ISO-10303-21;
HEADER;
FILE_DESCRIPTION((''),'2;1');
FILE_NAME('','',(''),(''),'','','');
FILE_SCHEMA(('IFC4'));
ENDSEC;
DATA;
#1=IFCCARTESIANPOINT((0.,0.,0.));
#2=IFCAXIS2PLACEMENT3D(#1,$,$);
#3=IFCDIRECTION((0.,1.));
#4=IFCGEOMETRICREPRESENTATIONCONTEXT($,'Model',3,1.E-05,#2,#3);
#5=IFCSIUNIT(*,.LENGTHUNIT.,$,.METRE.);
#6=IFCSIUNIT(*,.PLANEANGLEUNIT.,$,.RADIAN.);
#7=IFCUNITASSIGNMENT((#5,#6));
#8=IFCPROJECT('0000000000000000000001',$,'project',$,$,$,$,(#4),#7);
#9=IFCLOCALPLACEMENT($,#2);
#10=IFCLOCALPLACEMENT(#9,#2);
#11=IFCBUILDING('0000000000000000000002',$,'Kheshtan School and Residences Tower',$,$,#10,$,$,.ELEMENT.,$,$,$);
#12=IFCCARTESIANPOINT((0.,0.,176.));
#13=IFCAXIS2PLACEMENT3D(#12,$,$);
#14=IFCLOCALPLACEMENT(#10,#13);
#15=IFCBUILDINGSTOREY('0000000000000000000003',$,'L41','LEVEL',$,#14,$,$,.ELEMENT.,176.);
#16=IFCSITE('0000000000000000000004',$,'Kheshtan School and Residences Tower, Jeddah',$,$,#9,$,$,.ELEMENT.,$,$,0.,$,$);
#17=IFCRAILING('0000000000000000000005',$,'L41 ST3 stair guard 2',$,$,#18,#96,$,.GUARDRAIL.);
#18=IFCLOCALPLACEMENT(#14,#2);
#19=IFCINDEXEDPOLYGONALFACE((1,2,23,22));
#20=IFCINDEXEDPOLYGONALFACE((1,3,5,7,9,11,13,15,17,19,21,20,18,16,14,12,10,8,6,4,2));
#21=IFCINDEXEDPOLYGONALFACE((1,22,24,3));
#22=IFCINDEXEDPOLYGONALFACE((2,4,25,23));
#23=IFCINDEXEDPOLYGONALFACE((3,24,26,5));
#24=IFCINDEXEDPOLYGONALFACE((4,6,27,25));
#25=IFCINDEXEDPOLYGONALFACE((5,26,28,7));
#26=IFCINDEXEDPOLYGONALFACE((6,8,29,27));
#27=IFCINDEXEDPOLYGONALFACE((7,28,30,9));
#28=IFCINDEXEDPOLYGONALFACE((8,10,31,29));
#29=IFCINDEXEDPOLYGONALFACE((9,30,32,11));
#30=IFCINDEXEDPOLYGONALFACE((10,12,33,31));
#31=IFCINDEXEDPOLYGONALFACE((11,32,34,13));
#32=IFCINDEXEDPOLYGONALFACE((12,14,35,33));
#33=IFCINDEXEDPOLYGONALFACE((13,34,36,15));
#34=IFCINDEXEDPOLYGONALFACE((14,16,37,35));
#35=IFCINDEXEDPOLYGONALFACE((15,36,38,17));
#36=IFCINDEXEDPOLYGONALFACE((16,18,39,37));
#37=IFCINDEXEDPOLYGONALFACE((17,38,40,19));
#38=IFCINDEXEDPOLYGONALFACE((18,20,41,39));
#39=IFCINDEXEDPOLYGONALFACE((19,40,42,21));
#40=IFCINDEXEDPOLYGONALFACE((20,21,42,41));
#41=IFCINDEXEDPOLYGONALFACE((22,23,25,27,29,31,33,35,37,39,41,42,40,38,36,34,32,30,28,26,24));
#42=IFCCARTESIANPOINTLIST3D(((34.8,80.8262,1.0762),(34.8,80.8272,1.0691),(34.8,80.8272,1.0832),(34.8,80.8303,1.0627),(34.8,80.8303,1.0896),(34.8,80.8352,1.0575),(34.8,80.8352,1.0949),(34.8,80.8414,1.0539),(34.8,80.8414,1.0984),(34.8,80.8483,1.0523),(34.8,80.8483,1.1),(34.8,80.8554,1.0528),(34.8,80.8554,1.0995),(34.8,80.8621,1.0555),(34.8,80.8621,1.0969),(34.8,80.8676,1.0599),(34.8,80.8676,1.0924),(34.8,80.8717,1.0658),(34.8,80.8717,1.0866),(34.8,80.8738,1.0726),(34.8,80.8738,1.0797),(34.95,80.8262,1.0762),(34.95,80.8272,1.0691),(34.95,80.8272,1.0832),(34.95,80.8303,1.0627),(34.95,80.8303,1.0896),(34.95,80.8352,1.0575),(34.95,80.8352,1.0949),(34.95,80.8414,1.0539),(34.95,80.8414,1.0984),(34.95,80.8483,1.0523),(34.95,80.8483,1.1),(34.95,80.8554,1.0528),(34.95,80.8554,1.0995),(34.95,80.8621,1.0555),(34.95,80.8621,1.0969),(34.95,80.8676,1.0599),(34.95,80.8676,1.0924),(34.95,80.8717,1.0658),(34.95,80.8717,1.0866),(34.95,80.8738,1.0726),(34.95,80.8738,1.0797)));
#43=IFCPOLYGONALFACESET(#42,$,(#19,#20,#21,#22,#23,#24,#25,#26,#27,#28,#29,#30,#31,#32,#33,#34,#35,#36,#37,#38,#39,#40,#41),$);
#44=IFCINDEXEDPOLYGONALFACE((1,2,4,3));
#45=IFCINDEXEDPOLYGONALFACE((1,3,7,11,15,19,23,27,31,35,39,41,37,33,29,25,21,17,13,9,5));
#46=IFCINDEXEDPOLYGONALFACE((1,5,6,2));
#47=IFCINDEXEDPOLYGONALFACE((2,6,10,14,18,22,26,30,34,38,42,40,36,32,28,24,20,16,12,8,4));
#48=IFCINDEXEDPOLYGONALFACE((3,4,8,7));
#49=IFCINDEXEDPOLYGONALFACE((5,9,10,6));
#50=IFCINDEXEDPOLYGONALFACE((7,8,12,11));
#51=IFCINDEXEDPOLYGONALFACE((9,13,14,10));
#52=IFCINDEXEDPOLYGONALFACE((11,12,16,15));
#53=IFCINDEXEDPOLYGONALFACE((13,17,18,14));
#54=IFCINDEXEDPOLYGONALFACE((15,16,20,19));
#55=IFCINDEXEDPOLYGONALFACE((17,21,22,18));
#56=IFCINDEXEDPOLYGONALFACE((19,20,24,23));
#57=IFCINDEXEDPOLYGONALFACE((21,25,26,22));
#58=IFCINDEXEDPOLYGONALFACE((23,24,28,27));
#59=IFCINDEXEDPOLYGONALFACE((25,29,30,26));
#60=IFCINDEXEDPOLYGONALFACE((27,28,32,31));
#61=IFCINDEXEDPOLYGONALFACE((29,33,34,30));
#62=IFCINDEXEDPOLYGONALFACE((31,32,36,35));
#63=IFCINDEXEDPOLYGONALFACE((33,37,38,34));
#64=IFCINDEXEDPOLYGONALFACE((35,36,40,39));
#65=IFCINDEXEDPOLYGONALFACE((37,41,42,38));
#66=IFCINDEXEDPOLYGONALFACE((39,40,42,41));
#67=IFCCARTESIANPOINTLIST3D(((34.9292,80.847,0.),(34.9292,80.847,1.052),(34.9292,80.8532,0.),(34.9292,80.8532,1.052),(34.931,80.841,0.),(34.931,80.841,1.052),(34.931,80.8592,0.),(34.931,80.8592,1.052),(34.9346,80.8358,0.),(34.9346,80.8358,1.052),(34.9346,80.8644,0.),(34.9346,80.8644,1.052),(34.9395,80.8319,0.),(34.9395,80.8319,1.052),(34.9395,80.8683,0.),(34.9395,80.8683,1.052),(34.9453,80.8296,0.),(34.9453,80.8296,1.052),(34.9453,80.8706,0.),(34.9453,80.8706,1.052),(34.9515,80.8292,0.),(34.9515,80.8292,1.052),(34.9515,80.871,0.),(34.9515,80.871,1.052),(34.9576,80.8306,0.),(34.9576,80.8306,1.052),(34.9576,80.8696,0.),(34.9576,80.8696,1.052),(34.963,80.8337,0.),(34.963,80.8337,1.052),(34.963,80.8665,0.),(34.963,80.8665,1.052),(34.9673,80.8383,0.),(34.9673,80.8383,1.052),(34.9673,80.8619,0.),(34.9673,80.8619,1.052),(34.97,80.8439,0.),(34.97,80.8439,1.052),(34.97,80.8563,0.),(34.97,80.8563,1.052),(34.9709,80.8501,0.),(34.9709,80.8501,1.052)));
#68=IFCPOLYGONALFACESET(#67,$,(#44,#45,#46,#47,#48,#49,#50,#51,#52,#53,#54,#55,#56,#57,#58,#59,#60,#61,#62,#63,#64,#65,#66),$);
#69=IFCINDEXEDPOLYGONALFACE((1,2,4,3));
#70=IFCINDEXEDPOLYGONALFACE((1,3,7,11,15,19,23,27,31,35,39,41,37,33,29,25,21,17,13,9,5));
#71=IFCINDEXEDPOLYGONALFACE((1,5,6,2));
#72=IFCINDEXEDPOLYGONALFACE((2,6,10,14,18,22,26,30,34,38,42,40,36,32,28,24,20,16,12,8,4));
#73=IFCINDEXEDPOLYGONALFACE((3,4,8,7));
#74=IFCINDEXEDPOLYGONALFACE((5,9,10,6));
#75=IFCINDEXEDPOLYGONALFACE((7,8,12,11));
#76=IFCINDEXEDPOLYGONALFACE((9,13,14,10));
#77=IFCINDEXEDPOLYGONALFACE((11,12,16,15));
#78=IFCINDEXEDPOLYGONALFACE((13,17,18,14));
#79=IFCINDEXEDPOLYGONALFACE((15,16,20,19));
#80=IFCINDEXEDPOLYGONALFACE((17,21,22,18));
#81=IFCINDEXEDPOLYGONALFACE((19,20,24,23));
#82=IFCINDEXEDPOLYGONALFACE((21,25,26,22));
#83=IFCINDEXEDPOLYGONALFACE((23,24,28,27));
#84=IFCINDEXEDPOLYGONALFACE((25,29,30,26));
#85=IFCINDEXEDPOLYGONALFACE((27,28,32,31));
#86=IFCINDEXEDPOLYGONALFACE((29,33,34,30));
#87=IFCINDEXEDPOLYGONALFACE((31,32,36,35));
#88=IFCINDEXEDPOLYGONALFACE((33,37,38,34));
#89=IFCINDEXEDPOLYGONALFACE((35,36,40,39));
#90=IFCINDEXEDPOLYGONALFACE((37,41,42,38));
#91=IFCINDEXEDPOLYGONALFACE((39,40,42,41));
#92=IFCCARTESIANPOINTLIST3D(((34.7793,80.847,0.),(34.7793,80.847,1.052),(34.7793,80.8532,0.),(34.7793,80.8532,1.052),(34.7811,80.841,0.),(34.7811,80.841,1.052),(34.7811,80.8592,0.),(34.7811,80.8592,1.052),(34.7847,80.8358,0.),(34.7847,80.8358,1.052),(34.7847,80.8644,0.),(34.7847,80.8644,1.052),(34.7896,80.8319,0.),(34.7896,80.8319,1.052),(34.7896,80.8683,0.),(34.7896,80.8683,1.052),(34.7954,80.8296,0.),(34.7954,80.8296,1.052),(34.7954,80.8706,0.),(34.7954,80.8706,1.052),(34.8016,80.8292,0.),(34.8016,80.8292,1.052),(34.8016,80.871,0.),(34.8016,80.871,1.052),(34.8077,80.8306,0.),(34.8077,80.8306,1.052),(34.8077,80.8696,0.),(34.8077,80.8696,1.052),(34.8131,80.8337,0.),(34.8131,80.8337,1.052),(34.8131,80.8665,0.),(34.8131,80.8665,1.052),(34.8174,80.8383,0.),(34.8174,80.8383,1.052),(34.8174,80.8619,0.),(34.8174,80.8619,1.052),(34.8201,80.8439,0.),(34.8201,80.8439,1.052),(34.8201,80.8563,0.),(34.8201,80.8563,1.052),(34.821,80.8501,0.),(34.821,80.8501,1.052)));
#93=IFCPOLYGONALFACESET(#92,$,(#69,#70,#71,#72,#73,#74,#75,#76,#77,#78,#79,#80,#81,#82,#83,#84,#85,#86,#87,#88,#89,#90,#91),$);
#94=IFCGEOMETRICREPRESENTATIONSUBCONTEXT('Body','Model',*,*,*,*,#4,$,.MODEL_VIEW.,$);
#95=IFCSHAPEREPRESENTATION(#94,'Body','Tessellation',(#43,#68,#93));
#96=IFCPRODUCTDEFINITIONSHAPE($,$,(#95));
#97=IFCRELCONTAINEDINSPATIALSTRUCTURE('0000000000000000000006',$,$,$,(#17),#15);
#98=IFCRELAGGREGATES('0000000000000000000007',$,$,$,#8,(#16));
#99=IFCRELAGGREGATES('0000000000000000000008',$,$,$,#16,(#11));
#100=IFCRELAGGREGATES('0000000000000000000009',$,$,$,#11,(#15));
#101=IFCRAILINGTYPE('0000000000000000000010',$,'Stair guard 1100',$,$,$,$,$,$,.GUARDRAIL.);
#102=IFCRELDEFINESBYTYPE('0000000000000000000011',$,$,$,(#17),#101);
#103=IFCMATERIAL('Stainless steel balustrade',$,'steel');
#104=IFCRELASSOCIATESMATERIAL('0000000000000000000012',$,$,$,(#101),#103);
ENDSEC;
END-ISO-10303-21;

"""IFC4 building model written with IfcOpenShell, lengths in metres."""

from ifc_helpers import new_model, si_unit, direction, frame, origin, origin_2d, place, context, subcontext, project, spatial, circle, extrude, material, type_object, element, save


model = new_model("IFC4")

# Units and contexts
model_context = context("Model", 3, precision=1e-05, world=origin(), true_north=direction((0.0, 1.0)))
body_context = subcontext(model_context, "Body", "Model", "MODEL_VIEW")
ifc_project = project(units=[si_unit("LENGTHUNIT", "METRE"), si_unit("PLANEANGLEUNIT", "RADIAN")], contexts=[model_context])

# Site, building, storey
site_placement = place(None, origin())
site = spatial("IfcSite", under=ifc_project, at=site_placement, Name="Kheshtan School and Residences Tower, Jeddah", CompositionType="ELEMENT", RefElevation=0.0)
building_placement = place(site_placement, origin())
building = spatial("IfcBuilding", under=site, at=building_placement, Name="Kheshtan School and Residences Tower", CompositionType="ELEMENT")
storey_placement = place(building_placement, frame((0.0, 0.0, 176.0)))
storey = spatial("IfcBuildingStorey", under=building, at=storey_placement, Name="L41", Description="LEVEL", CompositionType="ELEMENT", Elevation=176.0)

# Railing
ifc_material_1 = material(Name="Stainless steel balustrade", Category="steel")
railing_type = type_object("IfcRailingType", Name="Stair guard 1100", PredefinedType="GUARDRAIL", material=ifc_material_1)
railing_1_placement = place(storey_placement, frame((34.95, 80.8501, 0.0)))
element("IfcRailing", 1, at=railing_1_placement, inside=storey, type_object=railing_type, Name="L41 ST3 stair guard 2", PredefinedType="GUARDRAIL", context=body_context, shape_type="SweptSolid", body=[
    extrude(circle(Radius=0.0239, at=origin_2d()), frame((0.0, 0.0, 1.0762), z_axis=(-1.0, 0.0, 0.0), x_axis=(0.0, -1.0, 0.0)), (0.0, 0.0, 1.0), 0.1499),
    extrude(circle(Radius=0.021, at=origin_2d()), origin(), (0.0, 0.0, 1.0), 1.052),
    extrude(circle(Radius=0.021, at=origin_2d()), frame((-0.1499, 0.0, 0.0)), (0.0, 0.0, 1.0), 1.052),
])

save(model, "model.ifc")
